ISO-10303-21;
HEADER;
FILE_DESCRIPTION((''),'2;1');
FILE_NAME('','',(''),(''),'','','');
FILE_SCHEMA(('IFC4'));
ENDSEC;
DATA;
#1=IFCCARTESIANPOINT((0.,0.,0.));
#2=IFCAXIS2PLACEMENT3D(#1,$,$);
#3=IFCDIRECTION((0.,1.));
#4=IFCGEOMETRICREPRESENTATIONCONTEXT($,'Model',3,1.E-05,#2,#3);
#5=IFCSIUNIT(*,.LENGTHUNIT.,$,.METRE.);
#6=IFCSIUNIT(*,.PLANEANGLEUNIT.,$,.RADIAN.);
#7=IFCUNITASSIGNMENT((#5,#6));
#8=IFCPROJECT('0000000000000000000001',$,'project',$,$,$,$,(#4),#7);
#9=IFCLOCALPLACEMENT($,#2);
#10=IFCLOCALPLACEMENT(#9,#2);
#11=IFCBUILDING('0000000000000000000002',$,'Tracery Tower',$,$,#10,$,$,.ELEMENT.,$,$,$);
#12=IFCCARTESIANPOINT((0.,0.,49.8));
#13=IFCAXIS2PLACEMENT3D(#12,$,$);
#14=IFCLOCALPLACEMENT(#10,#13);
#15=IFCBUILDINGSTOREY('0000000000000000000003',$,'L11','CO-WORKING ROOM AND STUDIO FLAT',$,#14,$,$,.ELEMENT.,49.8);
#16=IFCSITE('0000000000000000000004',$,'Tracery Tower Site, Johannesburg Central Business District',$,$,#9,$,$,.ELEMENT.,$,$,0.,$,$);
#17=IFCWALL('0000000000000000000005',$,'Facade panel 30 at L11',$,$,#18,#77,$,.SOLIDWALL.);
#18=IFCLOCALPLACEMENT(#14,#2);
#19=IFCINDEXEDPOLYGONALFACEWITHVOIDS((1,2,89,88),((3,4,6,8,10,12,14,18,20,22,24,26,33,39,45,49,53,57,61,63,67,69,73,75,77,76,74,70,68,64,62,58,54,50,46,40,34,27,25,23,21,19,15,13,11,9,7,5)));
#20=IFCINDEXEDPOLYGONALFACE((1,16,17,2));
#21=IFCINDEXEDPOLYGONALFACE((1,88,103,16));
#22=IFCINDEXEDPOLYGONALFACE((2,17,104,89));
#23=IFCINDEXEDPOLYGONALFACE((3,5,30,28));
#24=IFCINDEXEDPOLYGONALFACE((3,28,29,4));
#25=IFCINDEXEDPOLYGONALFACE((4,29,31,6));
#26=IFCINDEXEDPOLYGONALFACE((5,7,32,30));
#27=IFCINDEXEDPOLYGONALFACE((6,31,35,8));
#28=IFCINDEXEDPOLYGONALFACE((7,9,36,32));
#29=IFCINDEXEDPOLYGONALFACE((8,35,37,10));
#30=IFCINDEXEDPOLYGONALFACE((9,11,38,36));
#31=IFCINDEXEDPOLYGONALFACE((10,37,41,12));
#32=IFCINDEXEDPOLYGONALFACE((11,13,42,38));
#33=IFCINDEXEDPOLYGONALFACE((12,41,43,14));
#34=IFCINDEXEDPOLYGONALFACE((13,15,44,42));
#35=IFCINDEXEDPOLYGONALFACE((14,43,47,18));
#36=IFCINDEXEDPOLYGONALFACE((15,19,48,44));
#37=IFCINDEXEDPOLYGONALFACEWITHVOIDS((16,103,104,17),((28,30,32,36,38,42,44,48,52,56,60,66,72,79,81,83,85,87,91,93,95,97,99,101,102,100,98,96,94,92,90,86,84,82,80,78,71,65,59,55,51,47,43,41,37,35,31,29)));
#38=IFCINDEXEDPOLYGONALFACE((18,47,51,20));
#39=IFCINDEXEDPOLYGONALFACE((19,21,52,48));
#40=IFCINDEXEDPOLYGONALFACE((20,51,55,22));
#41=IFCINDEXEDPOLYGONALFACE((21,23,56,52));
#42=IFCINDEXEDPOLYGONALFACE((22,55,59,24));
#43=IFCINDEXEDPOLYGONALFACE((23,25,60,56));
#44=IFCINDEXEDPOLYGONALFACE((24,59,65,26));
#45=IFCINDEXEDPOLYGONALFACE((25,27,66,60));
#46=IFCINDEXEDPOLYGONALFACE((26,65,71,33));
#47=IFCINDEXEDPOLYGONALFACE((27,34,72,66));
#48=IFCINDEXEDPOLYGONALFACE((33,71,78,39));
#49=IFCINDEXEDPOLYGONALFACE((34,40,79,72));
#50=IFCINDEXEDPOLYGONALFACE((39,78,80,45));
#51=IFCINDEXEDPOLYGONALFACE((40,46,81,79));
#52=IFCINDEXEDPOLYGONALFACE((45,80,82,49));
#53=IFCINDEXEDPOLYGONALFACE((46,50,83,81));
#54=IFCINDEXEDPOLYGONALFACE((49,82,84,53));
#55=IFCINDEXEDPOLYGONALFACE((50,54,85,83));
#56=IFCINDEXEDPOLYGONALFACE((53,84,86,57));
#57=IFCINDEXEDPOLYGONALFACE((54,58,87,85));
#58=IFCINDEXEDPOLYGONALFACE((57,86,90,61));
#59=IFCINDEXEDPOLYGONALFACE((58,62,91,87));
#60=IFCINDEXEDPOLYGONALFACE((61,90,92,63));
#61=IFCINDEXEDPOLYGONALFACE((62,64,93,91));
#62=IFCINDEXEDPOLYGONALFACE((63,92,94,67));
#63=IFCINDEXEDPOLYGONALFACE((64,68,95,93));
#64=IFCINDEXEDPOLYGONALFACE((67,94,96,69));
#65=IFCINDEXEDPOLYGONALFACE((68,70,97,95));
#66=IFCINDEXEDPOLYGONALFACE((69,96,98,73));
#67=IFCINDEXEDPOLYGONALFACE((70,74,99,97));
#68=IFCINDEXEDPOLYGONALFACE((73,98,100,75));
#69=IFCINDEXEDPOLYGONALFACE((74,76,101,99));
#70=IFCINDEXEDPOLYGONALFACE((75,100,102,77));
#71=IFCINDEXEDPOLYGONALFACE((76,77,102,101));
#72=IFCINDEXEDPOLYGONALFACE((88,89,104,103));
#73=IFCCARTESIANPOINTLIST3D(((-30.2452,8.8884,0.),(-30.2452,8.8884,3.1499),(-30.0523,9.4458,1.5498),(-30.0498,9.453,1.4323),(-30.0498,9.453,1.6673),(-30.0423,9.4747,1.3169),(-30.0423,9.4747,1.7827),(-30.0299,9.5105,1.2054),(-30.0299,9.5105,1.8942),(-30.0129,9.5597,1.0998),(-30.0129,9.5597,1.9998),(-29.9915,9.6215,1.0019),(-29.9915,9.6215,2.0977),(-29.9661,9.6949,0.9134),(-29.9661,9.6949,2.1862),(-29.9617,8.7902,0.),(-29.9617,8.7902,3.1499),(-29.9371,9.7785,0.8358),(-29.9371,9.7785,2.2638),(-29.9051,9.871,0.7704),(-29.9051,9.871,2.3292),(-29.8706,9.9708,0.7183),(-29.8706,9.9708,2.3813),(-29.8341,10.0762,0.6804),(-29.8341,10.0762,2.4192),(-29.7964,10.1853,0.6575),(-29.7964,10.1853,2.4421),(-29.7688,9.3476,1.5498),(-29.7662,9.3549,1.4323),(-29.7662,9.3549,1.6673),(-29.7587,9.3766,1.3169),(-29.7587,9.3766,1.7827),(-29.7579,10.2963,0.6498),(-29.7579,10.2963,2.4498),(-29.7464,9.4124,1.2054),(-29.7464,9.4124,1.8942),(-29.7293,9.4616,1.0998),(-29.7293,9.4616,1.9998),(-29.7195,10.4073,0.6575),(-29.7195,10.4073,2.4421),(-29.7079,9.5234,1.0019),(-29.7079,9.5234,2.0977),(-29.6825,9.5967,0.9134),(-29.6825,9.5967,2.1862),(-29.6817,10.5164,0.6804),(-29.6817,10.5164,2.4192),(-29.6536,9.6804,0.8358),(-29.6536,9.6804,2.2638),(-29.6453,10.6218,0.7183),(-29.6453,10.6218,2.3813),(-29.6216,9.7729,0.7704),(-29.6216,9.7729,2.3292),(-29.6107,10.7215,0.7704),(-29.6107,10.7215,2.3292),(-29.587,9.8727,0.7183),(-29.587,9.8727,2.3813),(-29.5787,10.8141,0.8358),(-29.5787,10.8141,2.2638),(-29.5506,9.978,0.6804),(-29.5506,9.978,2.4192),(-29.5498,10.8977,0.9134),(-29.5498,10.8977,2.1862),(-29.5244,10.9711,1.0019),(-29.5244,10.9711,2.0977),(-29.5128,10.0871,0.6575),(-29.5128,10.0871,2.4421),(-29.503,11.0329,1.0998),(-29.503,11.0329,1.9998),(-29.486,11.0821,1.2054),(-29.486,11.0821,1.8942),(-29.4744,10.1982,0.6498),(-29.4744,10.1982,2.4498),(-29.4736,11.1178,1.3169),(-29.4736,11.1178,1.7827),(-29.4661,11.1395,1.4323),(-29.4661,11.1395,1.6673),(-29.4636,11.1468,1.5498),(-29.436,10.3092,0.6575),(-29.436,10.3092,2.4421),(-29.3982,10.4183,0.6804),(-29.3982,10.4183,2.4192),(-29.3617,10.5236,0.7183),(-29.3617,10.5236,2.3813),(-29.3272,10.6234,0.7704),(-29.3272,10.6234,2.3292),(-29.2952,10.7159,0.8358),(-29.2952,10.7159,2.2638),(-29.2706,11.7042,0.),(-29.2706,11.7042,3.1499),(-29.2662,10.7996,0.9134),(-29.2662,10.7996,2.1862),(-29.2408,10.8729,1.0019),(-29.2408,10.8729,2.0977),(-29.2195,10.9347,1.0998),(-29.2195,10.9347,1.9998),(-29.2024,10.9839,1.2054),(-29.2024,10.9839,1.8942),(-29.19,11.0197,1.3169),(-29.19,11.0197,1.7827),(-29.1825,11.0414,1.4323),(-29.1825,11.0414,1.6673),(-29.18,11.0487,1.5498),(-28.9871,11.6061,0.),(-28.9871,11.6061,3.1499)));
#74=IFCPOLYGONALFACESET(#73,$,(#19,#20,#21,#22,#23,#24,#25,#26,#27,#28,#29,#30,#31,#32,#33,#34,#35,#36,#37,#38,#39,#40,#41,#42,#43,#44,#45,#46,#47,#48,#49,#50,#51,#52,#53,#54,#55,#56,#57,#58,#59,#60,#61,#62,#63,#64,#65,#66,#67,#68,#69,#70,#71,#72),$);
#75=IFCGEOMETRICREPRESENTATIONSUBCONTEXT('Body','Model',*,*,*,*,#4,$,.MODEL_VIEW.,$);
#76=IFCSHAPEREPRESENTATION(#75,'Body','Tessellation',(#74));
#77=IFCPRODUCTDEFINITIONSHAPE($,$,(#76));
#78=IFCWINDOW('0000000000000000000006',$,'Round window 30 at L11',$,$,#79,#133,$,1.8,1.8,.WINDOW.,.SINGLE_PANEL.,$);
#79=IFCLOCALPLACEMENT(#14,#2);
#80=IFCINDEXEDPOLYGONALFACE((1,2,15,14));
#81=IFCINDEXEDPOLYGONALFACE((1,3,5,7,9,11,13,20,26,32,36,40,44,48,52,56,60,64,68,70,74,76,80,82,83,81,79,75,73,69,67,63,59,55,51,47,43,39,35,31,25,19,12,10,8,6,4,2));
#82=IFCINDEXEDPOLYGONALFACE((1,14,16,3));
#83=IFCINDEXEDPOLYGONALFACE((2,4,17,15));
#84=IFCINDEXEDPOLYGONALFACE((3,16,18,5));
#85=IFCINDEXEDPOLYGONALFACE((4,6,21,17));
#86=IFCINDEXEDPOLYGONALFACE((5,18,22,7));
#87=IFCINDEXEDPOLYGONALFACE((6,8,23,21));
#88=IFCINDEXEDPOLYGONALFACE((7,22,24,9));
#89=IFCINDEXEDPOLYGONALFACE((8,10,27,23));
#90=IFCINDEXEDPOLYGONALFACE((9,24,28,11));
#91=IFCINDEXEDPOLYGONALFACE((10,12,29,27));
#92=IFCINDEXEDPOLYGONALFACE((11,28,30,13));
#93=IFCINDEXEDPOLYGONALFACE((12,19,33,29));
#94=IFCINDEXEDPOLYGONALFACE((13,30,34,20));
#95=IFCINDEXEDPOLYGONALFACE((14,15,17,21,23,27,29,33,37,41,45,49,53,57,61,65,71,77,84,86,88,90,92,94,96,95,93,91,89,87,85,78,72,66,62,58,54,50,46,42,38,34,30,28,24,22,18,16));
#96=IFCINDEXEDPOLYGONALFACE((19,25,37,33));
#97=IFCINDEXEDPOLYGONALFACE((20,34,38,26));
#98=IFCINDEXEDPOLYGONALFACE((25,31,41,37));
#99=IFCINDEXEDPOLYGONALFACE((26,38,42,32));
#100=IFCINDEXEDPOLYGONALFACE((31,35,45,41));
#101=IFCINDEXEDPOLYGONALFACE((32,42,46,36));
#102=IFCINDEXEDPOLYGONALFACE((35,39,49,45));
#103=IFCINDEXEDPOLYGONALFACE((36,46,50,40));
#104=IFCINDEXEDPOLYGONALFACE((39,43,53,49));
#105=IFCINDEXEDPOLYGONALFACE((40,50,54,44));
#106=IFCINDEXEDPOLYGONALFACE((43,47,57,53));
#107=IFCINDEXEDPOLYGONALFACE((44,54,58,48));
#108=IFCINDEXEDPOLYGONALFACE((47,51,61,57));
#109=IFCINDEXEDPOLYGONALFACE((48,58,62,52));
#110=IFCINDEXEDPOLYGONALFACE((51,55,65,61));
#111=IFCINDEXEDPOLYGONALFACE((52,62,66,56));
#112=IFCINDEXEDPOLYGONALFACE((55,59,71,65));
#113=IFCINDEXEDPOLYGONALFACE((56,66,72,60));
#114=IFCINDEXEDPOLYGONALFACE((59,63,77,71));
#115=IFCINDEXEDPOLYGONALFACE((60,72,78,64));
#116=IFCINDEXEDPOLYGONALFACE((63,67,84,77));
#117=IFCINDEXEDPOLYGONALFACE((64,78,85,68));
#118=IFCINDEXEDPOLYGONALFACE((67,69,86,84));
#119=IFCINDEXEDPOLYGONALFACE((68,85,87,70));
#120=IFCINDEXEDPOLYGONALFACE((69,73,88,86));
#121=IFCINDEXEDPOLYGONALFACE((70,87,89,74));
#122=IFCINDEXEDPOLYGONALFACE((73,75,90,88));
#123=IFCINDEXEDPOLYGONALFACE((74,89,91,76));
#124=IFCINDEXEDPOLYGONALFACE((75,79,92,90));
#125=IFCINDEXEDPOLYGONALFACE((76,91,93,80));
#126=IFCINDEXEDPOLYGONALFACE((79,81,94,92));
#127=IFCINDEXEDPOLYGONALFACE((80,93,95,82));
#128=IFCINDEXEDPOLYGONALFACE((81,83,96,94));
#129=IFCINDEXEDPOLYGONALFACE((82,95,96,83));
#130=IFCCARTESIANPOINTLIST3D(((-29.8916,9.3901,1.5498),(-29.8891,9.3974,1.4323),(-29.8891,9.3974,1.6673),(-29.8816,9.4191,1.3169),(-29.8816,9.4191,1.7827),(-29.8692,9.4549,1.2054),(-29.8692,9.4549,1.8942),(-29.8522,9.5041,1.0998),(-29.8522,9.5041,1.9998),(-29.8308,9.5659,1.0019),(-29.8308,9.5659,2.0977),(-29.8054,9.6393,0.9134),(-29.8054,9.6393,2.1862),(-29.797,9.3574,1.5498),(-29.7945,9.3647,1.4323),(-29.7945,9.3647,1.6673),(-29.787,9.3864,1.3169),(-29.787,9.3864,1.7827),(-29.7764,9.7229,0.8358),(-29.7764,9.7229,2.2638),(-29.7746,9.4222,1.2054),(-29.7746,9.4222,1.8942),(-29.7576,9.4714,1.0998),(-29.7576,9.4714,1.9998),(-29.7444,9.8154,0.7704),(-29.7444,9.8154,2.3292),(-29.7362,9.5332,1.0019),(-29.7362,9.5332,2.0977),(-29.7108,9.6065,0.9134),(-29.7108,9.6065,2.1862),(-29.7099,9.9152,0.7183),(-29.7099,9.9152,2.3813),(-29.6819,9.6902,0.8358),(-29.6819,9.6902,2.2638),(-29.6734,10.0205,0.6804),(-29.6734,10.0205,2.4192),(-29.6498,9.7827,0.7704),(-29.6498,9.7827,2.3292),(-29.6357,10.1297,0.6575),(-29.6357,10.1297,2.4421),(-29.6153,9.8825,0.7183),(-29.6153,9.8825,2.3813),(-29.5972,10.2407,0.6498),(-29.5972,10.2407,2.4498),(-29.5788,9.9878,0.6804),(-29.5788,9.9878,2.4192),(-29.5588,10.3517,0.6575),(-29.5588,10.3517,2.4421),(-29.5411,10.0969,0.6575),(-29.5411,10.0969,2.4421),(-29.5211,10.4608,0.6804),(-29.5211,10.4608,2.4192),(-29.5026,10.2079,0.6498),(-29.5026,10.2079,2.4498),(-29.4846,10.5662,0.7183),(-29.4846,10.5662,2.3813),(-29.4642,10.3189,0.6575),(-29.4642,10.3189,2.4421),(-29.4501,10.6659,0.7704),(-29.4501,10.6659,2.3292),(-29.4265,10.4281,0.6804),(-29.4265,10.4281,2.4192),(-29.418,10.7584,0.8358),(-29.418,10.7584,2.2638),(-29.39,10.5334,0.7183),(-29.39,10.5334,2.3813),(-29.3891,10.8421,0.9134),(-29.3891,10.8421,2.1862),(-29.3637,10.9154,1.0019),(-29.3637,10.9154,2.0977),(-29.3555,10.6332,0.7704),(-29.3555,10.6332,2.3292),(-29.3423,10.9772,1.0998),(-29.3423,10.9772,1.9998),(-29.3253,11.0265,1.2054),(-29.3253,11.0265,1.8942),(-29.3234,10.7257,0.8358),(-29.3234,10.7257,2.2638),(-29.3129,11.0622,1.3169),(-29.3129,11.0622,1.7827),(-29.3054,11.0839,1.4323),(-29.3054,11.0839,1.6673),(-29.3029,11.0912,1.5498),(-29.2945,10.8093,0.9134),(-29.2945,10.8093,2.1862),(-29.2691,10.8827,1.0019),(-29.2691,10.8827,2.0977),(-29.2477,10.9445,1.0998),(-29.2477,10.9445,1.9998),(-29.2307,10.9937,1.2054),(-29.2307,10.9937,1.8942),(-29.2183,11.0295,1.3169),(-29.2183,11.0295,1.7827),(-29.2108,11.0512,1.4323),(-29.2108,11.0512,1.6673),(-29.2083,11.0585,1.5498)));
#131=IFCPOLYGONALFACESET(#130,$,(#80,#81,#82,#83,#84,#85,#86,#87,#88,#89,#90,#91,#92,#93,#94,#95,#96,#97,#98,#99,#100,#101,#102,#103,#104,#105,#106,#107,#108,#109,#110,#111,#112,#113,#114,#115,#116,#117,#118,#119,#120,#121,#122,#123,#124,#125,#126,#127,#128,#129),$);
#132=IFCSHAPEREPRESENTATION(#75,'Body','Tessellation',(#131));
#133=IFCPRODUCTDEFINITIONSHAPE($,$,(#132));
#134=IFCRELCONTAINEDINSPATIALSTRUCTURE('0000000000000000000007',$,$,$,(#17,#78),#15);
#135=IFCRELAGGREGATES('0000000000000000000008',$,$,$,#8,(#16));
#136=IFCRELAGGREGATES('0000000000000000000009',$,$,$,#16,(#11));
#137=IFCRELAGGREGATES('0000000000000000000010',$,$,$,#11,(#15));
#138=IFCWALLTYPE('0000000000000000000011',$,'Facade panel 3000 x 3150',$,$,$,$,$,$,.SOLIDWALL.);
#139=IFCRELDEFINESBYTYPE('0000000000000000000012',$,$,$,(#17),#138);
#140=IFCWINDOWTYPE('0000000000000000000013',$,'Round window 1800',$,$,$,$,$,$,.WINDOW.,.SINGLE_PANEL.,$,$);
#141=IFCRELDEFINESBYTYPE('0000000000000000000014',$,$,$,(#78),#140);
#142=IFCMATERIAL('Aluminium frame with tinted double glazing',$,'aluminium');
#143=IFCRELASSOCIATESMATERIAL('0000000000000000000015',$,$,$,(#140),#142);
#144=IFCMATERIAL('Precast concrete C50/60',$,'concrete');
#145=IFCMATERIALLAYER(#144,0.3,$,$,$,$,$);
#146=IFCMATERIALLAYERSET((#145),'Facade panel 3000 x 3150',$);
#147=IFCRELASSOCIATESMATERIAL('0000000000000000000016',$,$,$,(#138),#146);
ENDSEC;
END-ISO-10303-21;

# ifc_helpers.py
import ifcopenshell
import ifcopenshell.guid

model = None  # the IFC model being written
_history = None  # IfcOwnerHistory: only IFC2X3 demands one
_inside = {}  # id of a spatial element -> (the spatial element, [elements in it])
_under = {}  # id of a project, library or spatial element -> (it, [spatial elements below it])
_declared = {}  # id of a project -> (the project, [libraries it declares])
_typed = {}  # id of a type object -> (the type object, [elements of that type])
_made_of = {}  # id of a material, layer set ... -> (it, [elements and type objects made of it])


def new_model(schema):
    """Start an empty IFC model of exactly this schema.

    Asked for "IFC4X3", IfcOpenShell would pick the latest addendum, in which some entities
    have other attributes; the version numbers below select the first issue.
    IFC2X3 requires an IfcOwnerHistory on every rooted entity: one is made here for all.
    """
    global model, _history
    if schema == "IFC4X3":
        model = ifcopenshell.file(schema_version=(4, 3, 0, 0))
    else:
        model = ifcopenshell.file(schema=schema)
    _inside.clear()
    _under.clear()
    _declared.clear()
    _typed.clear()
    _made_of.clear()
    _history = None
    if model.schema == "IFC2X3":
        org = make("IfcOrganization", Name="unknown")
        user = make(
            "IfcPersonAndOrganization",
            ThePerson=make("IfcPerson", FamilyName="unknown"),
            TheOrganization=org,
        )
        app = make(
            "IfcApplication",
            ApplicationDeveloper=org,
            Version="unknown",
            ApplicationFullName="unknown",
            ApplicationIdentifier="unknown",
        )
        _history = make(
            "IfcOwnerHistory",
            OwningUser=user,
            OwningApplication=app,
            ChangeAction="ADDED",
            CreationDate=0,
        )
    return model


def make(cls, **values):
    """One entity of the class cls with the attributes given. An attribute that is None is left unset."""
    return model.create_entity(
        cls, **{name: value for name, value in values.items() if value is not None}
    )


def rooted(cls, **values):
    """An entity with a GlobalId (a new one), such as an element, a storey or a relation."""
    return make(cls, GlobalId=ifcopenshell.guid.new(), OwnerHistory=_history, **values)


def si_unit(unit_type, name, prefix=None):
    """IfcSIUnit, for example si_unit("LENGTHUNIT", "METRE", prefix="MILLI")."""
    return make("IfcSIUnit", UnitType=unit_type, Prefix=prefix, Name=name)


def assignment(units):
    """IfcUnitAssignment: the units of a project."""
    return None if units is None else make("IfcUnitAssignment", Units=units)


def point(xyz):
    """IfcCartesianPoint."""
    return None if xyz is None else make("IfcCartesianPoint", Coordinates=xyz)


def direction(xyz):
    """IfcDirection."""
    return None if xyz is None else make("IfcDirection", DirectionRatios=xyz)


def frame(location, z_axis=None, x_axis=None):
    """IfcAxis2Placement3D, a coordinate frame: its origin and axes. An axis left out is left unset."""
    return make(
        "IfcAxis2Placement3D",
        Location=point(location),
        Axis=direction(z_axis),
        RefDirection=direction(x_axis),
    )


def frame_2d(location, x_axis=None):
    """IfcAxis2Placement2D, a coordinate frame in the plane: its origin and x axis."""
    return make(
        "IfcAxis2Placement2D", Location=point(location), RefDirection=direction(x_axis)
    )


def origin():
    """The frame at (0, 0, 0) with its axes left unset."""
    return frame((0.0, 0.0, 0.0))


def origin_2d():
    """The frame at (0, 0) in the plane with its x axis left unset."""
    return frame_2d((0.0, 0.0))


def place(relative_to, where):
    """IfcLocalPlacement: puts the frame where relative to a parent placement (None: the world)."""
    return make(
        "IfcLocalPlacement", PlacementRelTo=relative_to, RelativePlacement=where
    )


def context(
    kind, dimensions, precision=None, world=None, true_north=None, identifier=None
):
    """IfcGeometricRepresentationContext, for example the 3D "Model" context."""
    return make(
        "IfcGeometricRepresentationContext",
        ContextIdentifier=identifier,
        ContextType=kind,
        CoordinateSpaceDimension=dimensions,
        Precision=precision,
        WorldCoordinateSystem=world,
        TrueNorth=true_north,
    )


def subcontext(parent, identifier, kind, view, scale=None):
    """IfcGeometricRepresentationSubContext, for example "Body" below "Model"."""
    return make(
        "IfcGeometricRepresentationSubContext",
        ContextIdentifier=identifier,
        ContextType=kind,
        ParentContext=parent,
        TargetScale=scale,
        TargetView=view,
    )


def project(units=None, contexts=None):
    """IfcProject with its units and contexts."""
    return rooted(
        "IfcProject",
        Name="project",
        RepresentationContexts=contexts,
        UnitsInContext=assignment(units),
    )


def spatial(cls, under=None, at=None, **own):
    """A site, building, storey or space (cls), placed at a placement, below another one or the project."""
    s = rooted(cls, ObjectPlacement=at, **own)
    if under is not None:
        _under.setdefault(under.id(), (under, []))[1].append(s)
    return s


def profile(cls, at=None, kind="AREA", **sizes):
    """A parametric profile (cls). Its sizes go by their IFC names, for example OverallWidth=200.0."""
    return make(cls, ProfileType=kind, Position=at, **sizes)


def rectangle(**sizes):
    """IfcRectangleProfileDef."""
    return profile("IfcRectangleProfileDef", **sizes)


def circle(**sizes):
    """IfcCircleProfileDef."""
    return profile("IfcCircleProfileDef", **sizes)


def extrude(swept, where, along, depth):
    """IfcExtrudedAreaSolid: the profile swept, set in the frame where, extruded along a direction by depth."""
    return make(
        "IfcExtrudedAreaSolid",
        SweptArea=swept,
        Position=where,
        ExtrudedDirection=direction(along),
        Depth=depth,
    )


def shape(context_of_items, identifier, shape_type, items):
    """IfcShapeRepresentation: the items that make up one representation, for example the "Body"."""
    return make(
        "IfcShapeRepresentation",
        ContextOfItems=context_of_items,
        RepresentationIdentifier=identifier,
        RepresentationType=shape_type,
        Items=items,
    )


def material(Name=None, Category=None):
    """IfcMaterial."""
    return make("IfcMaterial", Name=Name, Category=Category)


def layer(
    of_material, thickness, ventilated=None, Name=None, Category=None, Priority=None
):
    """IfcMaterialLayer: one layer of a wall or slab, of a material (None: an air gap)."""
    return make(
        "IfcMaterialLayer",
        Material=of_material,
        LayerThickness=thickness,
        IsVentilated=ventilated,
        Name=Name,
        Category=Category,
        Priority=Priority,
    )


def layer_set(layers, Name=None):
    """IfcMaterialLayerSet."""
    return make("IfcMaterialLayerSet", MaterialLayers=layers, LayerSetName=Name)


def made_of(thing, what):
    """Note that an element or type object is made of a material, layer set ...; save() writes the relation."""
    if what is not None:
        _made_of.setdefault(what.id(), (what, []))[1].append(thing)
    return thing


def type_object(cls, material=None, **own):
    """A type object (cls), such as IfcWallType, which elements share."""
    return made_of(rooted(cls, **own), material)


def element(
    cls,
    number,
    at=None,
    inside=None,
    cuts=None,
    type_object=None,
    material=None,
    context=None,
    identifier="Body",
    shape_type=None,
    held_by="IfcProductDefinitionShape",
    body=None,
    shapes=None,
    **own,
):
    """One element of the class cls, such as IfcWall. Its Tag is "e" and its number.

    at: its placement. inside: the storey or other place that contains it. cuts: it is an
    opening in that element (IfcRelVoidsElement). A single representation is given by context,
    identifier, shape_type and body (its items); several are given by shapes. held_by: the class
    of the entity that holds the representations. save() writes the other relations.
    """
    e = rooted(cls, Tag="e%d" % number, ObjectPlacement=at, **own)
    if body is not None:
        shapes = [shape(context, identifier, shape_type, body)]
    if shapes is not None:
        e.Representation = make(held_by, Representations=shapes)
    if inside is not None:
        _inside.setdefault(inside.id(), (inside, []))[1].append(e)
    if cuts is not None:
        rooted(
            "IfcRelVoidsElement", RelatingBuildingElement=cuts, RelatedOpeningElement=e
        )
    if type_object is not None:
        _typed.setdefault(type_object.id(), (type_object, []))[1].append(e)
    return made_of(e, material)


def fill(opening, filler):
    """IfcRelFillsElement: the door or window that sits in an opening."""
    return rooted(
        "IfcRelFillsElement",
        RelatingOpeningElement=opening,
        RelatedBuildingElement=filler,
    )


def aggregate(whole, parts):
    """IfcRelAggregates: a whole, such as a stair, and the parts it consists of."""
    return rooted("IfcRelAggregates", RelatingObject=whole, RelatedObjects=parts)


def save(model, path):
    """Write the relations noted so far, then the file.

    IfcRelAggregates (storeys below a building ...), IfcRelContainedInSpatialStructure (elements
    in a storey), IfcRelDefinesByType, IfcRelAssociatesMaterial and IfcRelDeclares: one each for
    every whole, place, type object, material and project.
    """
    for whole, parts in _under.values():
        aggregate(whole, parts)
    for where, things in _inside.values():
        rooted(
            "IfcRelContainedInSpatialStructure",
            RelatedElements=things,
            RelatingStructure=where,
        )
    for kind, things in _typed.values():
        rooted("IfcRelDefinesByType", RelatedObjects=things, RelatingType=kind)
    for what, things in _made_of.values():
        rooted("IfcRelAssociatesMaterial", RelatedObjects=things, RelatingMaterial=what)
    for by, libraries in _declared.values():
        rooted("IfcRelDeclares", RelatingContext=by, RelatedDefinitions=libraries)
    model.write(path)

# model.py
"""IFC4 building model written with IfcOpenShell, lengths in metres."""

from ifc_helpers import new_model, si_unit, direction, frame, frame_2d, origin, origin_2d, place, context, subcontext, project, spatial, rectangle, circle, extrude, material, layer, layer_set, type_object, element, fill, save


model = new_model("IFC4")

# Units and contexts
model_context = context("Model", 3, precision=1e-05, world=origin(), true_north=direction((0.0, 1.0)))
body_context = subcontext(model_context, "Body", "Model", "MODEL_VIEW")
ifc_project = project(units=[si_unit("LENGTHUNIT", "METRE"), si_unit("PLANEANGLEUNIT", "RADIAN")], contexts=[model_context])

# Site, building, storey
site_placement = place(None, origin())
site = spatial("IfcSite", under=ifc_project, at=site_placement, Name="Tracery Tower Site, Johannesburg Central Business District", CompositionType="ELEMENT", RefElevation=0.0)
building_placement = place(site_placement, origin())
building = spatial("IfcBuilding", under=site, at=building_placement, Name="Tracery Tower", CompositionType="ELEMENT")
storey_placement = place(building_placement, frame((0.0, 0.0, 49.8)))
storey = spatial("IfcBuildingStorey", under=building, at=storey_placement, Name="L11", Description="CO-WORKING ROOM AND STUDIO FLAT", CompositionType="ELEMENT", Elevation=49.8)

# Wall, opening, window
ifc_material_1 = material(Name="Aluminium frame with tinted double glazing", Category="aluminium")
window_type = type_object("IfcWindowType", Name="Round window 1800", PartitioningType="SINGLE_PANEL", PredefinedType="WINDOW", material=ifc_material_1)
ifc_material_2 = material(Name="Precast concrete C50/60", Category="concrete")
ifc_layer_1 = layer(ifc_material_2, 0.3)
ifc_layer_set_1 = layer_set([ifc_layer_1], Name="Facade panel 3000 x 3150")
wall_type_1 = type_object("IfcWallType", Name="Facade panel 3000 x 3150", PredefinedType="SOLIDWALL", material=ifc_layer_set_1)
wall_1_placement = place(storey_placement, frame((-29.1289, 11.655, 0.0), z_axis=(0.0, 0.0, 1.0), x_axis=(-0.327071, -0.945, 0.0)))
wall_1 = element("IfcWall", 1, at=wall_1_placement, inside=storey, type_object=wall_type_1, Name="Facade panel 30 at L11", PredefinedType="SOLIDWALL", context=body_context, shape_type="SweptSolid", body=[
    extrude(rectangle(XDim=2.9797, YDim=0.3, at=frame_2d((1.4897, 0.0))), origin(), (0.0, 0.0, 1.0), 3.1499),
])
opening_1_placement = place(wall_1_placement, frame((1.4897, 0.0, 1.5498)))
opening_1 = element("IfcOpeningElement", 2, at=opening_1_placement, cuts=wall_1, PredefinedType="OPENING", context=body_context, shape_type="SweptSolid", body=[
    extrude(circle(Radius=0.9, at=origin_2d()), frame((0.0, 0.1599, 0.0), z_axis=(0.0, -1.0, 0.0), x_axis=(1.0, 0.0, 0.0)), (0.0, 0.0, 1.0), 0.3201),
])
window_1_placement = place(opening_1_placement, origin())
window_1 = element("IfcWindow", 3, at=window_1_placement, inside=storey, type_object=window_type, Name="Round window 30 at L11", OverallHeight=1.8, OverallWidth=1.8, PartitioningType="SINGLE_PANEL", PredefinedType="WINDOW", context=body_context, shape_type="SweptSolid", body=[
    extrude(circle(Radius=0.9, at=origin_2d()), frame((0.0, 0.1201, 0.0), z_axis=(0.0, -1.0, 0.0), x_axis=(1.0, 0.0, 0.0)), (0.0, 0.0, 1.0), 0.1001),
])
fill(opening_1, window_1)

save(model, "model.ifc")
